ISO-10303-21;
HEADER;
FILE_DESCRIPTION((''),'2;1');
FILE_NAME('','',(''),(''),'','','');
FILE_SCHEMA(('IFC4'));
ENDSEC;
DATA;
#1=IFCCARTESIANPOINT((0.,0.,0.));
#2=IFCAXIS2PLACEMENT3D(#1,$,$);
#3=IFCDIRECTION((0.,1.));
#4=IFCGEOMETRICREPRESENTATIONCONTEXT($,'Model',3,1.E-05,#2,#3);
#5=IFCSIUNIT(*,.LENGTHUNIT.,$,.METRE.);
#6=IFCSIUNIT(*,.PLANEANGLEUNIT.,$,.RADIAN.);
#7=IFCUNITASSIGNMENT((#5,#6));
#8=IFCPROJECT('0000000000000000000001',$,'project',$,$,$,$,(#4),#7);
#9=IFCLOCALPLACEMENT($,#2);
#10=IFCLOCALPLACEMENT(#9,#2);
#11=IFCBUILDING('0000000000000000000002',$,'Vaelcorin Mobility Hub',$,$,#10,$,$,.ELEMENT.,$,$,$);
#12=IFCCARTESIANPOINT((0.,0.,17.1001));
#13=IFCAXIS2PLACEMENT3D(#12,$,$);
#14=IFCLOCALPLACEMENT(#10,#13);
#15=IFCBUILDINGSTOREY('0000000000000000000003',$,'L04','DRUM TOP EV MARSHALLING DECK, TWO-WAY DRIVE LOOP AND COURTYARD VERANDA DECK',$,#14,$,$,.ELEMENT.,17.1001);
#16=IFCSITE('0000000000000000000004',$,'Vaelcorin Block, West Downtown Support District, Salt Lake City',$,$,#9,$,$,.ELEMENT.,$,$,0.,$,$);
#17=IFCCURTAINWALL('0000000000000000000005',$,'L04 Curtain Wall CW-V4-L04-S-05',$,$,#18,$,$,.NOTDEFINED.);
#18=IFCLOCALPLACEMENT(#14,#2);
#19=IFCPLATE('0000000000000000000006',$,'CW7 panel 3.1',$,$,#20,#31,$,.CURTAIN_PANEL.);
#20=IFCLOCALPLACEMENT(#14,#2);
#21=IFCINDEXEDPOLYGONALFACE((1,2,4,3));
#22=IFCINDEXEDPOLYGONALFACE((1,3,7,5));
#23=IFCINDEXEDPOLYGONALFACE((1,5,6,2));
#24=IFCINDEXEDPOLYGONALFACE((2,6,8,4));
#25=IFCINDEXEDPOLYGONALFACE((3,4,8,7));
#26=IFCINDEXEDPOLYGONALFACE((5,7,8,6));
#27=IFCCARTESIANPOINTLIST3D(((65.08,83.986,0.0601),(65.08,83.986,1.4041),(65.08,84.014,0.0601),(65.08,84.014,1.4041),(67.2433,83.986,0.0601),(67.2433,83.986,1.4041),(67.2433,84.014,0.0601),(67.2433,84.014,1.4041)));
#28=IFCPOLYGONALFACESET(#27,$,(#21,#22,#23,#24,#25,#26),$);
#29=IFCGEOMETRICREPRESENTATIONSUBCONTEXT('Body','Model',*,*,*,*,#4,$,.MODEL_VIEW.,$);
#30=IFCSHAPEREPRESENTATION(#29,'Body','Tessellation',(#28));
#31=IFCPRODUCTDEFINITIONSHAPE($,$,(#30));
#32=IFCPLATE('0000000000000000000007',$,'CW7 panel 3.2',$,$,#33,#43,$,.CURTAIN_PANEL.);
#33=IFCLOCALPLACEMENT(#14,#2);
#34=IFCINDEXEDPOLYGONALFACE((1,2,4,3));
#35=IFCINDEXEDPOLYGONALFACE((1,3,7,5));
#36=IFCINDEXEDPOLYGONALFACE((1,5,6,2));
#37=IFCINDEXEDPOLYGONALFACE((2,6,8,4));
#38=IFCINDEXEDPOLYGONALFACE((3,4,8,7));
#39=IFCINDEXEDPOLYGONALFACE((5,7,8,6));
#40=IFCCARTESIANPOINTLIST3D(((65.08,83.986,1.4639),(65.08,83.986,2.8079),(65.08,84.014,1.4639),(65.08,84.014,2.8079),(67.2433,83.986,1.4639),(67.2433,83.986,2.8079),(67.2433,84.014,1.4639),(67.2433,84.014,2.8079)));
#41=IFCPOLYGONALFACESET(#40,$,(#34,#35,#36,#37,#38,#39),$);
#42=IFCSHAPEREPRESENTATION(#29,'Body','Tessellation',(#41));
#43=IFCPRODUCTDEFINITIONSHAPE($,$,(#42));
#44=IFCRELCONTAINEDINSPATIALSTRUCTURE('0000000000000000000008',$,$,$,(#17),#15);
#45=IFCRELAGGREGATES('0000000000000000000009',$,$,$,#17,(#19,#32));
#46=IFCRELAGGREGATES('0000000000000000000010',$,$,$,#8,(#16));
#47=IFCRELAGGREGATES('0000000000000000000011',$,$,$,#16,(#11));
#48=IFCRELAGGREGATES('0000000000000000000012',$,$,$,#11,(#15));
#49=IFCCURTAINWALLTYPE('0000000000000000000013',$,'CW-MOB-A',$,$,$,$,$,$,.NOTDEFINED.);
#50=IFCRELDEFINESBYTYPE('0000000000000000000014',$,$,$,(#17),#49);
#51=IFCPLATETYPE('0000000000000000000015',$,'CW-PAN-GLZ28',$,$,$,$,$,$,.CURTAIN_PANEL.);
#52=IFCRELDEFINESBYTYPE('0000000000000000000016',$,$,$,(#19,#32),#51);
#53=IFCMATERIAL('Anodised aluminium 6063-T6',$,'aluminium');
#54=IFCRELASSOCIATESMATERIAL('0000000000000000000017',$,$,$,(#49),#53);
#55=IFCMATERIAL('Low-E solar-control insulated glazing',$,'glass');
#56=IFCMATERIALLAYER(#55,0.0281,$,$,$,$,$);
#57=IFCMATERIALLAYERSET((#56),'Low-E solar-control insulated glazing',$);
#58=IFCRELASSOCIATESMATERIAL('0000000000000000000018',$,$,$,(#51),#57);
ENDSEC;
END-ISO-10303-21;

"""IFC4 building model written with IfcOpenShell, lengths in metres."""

from ifc_helpers import new_model, si_unit, direction, frame, origin, origin_2d, place, context, subcontext, project, spatial, rectangle, extrude, material, layer, layer_set, type_object, element, aggregate, save


model = new_model("IFC4")

# Units and contexts
model_context = context("Model", 3, precision=1e-05, world=origin(), true_north=direction((0.0, 1.0)))
body_context = subcontext(model_context, "Body", "Model", "MODEL_VIEW")
ifc_project = project(units=[si_unit("LENGTHUNIT", "METRE"), si_unit("PLANEANGLEUNIT", "RADIAN")], contexts=[model_context])

# Site, building, storey
site_placement = place(None, origin())
site = spatial("IfcSite", under=ifc_project, at=site_placement, Name="Vaelcorin Block, West Downtown Support District, Salt Lake City", CompositionType="ELEMENT", RefElevation=0.0)
building_placement = place(site_placement, origin())
building = spatial("IfcBuilding", under=site, at=building_placement, Name="Vaelcorin Mobility Hub", CompositionType="ELEMENT")
storey_placement = place(building_placement, frame((0.0, 0.0, 17.1001)))
storey = spatial("IfcBuildingStorey", under=building, at=storey_placement, Name="L04", Description="DRUM TOP EV MARSHALLING DECK, TWO-WAY DRIVE LOOP AND COURTYARD VERANDA DECK", CompositionType="ELEMENT", Elevation=17.1001)

# Curtain wall, plates
ifc_material_1 = material(Name="Anodised aluminium 6063-T6", Category="aluminium")
curtain_wall_type = type_object("IfcCurtainWallType", Name="CW-MOB-A", PredefinedType="NOTDEFINED", material=ifc_material_1)
curtain_wall_placement = place(storey_placement, origin())
curtain_wall = element("IfcCurtainWall", 1, at=curtain_wall_placement, inside=storey, type_object=curtain_wall_type, Name="L04 Curtain Wall CW-V4-L04-S-05", PredefinedType="NOTDEFINED")
ifc_material_2 = material(Name="Low-E solar-control insulated glazing", Category="glass")
ifc_layer_1 = layer(ifc_material_2, 0.0281)
ifc_layer_set_1 = layer_set([ifc_layer_1], Name="Low-E solar-control insulated glazing")
plate_type = type_object("IfcPlateType", Name="CW-PAN-GLZ28", PredefinedType="CURTAIN_PANEL", material=ifc_layer_set_1)
plate_1_placement = place(storey_placement, frame((66.1616, 84.0, 0.0601), z_axis=(0.0, 0.0, 1.0), x_axis=(-1.0, 0.0, 0.0)))
plate_1 = element("IfcPlate", 2, at=plate_1_placement, type_object=plate_type, Name="CW7 panel 3.1", PredefinedType="CURTAIN_PANEL", context=body_context, shape_type="SweptSolid", body=[
    extrude(rectangle(XDim=2.1633, YDim=0.0281, at=origin_2d()), origin(), (0.0, 0.0, 1.0), 1.344),
])
plate_2_placement = place(storey_placement, frame((66.1616, 84.0, 1.4639), z_axis=(0.0, 0.0, 1.0), x_axis=(-1.0, 0.0, 0.0)))
plate_2 = element("IfcPlate", 3, at=plate_2_placement, type_object=plate_type, Name="CW7 panel 3.2", PredefinedType="CURTAIN_PANEL", context=body_context, shape_type="SweptSolid", body=[
    extrude(rectangle(XDim=2.1633, YDim=0.0281, at=origin_2d()), origin(), (0.0, 0.0, 1.0), 1.344),
])
aggregate(curtain_wall, [plate_1, plate_2])

save(model, "model.ifc")
